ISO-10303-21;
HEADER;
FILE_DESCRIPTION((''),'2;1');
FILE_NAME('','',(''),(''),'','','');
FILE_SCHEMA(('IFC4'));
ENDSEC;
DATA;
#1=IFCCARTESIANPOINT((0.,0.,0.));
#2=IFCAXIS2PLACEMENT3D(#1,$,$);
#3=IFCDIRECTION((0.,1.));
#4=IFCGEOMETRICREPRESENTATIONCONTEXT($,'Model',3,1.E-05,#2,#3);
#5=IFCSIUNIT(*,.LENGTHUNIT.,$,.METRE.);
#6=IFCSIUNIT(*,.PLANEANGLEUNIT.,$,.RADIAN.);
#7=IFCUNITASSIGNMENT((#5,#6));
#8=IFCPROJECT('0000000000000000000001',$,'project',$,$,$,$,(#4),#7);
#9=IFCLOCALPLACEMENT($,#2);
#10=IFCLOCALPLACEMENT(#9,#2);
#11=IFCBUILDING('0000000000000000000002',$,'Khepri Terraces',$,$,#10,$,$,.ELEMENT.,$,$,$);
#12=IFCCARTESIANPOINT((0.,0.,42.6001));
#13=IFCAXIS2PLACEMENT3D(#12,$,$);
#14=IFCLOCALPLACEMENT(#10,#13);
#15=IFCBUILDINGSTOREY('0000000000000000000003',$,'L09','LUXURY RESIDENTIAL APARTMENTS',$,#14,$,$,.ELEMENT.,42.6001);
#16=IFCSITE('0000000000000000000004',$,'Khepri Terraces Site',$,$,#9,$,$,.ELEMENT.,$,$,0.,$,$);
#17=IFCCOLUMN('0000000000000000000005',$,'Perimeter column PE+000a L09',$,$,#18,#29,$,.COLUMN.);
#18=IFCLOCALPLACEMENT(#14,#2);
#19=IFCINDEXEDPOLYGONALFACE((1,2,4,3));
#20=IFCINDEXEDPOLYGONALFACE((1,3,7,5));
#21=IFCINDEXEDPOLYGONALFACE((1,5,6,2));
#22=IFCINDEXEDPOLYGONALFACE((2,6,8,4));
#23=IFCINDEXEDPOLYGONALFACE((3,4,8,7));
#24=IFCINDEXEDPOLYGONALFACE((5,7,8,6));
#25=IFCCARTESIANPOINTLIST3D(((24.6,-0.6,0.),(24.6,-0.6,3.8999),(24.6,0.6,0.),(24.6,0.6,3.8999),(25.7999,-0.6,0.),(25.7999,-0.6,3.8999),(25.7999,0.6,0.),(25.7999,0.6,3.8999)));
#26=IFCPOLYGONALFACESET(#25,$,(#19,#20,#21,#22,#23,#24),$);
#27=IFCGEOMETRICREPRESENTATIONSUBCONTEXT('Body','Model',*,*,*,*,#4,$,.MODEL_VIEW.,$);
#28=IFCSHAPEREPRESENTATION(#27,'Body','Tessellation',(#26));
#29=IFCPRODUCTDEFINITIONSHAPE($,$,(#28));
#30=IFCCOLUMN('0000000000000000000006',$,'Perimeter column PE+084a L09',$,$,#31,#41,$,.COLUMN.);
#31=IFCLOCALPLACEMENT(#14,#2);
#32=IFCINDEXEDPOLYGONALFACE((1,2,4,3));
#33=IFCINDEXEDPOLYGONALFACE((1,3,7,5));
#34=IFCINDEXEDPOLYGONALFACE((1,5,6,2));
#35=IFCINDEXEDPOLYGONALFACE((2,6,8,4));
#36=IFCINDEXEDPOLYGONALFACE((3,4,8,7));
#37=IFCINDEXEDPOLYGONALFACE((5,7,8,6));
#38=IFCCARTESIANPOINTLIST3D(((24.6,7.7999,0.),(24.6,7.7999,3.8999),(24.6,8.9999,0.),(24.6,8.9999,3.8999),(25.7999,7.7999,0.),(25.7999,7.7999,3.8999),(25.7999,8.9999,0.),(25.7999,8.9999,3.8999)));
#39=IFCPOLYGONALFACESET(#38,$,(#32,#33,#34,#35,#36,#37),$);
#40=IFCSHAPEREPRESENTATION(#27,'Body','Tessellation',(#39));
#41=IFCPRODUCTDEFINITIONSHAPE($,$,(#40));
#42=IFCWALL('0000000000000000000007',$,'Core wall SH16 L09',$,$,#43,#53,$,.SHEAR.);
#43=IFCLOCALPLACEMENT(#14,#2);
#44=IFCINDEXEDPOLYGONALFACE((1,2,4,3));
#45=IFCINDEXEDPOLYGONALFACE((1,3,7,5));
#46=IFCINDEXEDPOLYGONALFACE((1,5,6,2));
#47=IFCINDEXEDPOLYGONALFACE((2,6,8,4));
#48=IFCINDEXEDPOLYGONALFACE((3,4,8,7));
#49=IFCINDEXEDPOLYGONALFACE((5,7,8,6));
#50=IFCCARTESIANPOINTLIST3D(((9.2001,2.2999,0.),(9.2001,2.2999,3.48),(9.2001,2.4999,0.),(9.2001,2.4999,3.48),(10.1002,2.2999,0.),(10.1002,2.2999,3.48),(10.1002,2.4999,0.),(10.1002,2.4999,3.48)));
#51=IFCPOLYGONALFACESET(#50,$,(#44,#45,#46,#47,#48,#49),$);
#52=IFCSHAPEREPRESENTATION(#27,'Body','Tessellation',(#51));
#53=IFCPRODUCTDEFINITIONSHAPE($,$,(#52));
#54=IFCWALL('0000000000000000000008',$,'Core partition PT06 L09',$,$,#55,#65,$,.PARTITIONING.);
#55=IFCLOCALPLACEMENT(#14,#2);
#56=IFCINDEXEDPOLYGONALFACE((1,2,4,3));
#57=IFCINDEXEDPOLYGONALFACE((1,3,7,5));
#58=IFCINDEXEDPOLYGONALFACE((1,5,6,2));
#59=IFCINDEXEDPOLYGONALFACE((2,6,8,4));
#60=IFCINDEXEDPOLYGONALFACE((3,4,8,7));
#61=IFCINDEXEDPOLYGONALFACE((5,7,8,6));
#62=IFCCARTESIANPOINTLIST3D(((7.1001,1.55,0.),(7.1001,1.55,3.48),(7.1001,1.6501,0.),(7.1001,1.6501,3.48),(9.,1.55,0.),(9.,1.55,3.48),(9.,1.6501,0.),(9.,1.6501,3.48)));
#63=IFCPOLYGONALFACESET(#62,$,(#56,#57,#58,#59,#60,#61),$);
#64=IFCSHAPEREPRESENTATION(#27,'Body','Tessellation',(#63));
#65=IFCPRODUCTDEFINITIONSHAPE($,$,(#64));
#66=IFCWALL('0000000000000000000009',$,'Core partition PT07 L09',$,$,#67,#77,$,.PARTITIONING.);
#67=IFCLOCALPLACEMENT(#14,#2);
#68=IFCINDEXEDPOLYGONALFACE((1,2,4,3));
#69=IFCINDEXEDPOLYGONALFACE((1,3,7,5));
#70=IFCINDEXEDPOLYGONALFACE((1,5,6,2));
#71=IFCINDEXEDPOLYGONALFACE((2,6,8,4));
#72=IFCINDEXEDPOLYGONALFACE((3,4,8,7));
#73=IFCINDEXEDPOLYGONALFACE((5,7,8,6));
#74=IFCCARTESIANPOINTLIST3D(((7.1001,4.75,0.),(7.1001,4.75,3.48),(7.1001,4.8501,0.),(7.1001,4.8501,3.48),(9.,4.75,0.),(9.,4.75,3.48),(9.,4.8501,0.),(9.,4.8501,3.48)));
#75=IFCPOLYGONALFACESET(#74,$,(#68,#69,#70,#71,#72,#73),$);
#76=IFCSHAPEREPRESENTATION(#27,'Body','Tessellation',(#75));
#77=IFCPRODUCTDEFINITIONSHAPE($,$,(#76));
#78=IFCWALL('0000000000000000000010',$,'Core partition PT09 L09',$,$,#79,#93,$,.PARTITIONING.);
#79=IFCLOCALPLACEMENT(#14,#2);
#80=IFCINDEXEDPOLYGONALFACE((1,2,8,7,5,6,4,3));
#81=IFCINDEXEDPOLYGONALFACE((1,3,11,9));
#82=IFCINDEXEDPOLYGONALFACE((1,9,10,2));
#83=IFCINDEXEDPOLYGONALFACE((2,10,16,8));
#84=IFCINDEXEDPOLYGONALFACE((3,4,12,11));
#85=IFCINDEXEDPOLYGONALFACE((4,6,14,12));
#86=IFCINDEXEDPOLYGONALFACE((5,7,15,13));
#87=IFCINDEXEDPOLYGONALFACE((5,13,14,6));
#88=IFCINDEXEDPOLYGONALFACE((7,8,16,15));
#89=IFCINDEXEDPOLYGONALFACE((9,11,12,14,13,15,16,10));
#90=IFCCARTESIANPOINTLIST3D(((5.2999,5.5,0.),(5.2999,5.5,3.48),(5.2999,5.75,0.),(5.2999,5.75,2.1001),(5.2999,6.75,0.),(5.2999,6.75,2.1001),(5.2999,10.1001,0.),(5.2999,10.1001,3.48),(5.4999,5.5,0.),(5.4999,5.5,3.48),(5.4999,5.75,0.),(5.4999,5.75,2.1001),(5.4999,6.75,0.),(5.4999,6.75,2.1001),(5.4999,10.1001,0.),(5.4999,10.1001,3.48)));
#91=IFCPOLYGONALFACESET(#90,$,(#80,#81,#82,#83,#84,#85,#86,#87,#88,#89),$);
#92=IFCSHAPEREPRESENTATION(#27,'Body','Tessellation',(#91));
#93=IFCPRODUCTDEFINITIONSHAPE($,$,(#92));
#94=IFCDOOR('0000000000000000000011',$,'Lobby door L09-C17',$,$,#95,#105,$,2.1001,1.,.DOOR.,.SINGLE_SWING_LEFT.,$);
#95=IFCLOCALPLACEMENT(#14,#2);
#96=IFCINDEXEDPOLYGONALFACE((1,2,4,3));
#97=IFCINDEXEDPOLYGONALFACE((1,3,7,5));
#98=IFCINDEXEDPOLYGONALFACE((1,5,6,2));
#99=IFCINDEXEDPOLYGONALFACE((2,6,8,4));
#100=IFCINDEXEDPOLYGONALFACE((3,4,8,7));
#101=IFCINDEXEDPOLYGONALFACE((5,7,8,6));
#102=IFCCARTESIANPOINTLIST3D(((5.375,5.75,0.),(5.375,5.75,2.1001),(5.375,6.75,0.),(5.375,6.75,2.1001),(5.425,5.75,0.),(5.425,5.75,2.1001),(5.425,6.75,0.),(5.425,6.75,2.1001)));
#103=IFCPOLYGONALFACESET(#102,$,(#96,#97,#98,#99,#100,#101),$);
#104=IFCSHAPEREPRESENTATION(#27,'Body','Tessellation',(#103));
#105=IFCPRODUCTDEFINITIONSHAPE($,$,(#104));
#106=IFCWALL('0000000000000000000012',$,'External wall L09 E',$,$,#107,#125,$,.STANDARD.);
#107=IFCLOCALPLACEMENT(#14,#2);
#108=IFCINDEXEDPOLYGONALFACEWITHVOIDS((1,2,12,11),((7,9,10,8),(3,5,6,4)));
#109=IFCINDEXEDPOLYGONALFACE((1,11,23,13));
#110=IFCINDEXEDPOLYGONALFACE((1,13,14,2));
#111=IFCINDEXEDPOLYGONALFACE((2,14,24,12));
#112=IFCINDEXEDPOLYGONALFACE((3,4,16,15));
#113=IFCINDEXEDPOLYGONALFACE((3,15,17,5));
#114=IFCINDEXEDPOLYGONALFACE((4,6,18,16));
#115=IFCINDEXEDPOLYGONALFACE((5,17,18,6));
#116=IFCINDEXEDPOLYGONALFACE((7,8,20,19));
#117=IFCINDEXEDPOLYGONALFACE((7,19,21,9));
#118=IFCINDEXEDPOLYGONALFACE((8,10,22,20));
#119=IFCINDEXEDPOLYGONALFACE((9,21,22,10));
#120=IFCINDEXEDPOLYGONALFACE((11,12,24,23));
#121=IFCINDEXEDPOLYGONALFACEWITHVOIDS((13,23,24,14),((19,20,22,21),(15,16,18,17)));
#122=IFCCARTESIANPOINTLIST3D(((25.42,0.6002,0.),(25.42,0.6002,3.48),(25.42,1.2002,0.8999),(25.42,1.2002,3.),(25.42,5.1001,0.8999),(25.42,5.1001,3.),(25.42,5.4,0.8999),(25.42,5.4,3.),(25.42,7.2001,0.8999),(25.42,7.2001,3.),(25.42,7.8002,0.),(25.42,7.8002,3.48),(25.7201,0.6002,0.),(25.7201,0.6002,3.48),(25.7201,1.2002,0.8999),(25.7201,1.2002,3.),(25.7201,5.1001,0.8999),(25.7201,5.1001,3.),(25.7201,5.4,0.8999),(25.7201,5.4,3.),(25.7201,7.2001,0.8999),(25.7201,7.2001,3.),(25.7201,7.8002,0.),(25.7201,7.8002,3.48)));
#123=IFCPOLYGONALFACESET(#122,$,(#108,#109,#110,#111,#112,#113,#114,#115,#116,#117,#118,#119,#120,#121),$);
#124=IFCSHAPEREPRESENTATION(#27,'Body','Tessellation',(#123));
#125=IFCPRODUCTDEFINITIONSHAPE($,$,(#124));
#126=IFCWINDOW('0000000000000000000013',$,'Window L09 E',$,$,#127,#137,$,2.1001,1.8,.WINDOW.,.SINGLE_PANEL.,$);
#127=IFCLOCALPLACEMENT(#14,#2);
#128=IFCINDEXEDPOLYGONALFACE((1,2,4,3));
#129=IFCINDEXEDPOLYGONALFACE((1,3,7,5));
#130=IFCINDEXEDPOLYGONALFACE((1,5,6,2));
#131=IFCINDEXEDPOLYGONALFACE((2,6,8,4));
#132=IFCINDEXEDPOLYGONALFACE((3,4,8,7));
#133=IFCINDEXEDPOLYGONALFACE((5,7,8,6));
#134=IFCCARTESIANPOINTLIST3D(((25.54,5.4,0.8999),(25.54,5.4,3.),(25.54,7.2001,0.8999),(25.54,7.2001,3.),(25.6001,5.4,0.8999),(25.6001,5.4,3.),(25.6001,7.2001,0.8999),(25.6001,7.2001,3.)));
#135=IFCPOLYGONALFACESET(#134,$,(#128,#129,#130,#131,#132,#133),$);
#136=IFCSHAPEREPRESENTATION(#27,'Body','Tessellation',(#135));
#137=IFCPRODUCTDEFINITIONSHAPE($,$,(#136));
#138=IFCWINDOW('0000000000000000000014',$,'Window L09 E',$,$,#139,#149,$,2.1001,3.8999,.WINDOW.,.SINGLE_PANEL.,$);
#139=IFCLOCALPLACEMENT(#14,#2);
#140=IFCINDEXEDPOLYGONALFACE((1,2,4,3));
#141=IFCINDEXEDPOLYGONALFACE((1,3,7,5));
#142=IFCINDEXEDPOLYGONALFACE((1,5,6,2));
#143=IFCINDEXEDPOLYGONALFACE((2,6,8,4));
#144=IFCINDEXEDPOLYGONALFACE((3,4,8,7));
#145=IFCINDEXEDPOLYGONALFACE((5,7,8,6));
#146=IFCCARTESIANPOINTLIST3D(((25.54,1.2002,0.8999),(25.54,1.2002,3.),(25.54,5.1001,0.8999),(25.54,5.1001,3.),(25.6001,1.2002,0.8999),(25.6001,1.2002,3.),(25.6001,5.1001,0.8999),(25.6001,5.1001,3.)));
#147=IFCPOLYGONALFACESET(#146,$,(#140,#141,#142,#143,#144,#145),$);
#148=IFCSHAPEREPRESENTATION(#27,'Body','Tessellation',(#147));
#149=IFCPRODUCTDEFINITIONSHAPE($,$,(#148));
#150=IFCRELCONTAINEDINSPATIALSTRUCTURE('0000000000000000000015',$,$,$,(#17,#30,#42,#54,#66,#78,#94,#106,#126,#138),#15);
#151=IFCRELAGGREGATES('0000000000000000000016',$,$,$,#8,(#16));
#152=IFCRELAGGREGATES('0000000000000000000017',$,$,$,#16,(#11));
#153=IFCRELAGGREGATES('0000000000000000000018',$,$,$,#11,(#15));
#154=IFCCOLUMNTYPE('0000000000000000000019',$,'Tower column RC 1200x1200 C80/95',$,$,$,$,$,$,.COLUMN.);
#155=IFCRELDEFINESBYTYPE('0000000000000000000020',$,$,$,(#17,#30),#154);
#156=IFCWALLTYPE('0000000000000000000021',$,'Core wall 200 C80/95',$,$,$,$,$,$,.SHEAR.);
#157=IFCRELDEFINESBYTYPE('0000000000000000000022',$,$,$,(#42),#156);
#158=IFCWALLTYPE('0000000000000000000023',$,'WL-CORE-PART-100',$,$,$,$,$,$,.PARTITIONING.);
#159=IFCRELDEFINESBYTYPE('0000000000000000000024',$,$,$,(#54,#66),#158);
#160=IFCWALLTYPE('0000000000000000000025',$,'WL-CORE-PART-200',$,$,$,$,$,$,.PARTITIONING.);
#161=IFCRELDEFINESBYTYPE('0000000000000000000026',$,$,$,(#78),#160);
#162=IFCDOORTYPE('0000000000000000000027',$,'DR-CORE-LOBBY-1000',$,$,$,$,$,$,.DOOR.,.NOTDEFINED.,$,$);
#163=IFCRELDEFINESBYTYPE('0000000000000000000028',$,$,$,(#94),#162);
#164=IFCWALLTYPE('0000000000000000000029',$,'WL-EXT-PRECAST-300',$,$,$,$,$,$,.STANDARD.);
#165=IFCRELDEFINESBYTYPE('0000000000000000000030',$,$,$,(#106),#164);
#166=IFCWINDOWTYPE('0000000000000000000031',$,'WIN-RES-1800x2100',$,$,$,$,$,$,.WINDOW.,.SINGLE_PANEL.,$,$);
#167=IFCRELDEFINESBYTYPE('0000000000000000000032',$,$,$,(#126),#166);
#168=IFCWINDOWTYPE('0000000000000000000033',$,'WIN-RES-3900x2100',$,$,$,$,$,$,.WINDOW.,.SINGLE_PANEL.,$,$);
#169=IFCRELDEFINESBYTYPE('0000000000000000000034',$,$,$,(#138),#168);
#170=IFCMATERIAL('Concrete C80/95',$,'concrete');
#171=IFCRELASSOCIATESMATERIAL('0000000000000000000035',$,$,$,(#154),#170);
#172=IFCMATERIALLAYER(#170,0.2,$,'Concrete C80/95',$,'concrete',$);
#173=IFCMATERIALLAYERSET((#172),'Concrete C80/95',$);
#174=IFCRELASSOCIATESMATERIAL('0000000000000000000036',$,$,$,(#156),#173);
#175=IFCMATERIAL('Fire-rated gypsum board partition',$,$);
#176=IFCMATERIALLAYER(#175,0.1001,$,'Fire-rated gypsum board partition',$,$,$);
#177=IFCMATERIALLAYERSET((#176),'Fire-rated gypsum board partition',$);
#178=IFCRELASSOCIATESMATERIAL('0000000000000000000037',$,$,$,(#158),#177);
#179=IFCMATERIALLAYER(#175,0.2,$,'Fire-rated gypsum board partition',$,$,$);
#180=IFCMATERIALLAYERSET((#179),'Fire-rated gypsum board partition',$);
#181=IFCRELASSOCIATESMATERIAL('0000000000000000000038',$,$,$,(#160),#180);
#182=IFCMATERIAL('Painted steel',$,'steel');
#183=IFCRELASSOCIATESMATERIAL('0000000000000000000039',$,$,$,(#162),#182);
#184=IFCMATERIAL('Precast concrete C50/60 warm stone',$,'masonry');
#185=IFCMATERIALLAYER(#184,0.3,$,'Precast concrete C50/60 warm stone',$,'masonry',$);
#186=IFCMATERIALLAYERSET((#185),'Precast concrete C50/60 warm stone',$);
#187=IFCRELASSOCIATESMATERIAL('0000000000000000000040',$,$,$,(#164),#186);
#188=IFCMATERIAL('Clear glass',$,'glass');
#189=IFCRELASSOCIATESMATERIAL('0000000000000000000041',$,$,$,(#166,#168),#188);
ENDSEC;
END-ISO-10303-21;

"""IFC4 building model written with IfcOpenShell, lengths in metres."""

from ifc_helpers import new_model, si_unit, direction, frame, frame_2d, origin, origin_2d, place, context, subcontext, project, spatial, rectangle, extrude, material, layer, layer_set, material_profile, profile_set, type_object, element, fill, save


model = new_model("IFC4")

# Units and contexts
model_context = context("Model", 3, precision=1e-05, world=origin(), true_north=direction((0.0, 1.0)))
body_context = subcontext(model_context, "Body", "Model", "MODEL_VIEW")
ifc_project = project(units=[si_unit("LENGTHUNIT", "METRE"), si_unit("PLANEANGLEUNIT", "RADIAN")], contexts=[model_context])

# Site, building, storey
site_placement = place(None, origin())
site = spatial("IfcSite", under=ifc_project, at=site_placement, Name="Khepri Terraces Site", CompositionType="ELEMENT", RefElevation=0.0)
building_placement = place(site_placement, origin())
building = spatial("IfcBuilding", under=site, at=building_placement, Name="Khepri Terraces", CompositionType="ELEMENT")
storey_placement = place(building_placement, frame((0.0, 0.0, 42.6001)))
storey = spatial("IfcBuildingStorey", under=building, at=storey_placement, Name="L09", Description="LUXURY RESIDENTIAL APARTMENTS", CompositionType="ELEMENT", Elevation=42.6001)

# Columns
ifc_material_1 = material(Name="Concrete C80/95", Category="concrete")
ifc_material_profile = material_profile(ifc_material_1, rectangle(XDim=1.2, YDim=1.2, at=origin_2d()), Name="Concrete C80/95", Category="concrete")
ifc_profile_set = profile_set([ifc_material_profile], Name="Concrete C80/95")
column_type = type_object("IfcColumnType", Name="Tower column RC 1200x1200 C80/95", PredefinedType="COLUMN", material=ifc_profile_set)
for number, where, z_axis, x_axis, name in (
    (1, (25.2, 0.0, 0.0), (0.0, 0.0, 1.0), (1.0, 0.0, 0.0), "Perimeter column PE+000a L09"),
    (2, (25.2, 8.3999, 0.0), (0.0, 0.0, 1.0), (1.0, 0.0, 0.0), "Perimeter column PE+084a L09"),
):
    element("IfcColumn", number, at=place(storey_placement, frame(where, z_axis=z_axis, x_axis=x_axis)), inside=storey, type_object=column_type, Name=name, PredefinedType="COLUMN", context=body_context, shape_type="SweptSolid", body=[
        extrude(rectangle(XDim=1.2, YDim=1.2, at=origin_2d()), origin(), (0.0, 0.0, 1.0), 3.8999),
    ])

# Walls
ifc_layer_1 = layer(ifc_material_1, 0.2, Name="Concrete C80/95", Category="concrete")
ifc_layer_set_1 = layer_set([ifc_layer_1], Name="Concrete C80/95")
wall_type_1 = type_object("IfcWallType", Name="Core wall 200 C80/95", PredefinedType="SHEAR", material=ifc_layer_set_1)
wall_1_placement = place(storey_placement, frame((9.2, 2.3999, 0.0), z_axis=(0.0, 0.0, 1.0), x_axis=(1.0, 0.0, 0.0)))
element("IfcWall", 3, at=wall_1_placement, inside=storey, type_object=wall_type_1, Name="Core wall SH16 L09", PredefinedType="SHEAR", context=body_context, shape_type="SweptSolid", body=[
    extrude(rectangle(XDim=0.9001, YDim=0.2, at=frame_2d((0.4502, 0.0))), origin(), (0.0, 0.0, 1.0), 3.48),
])
ifc_material_2 = material(Name="Fire-rated gypsum board partition")
ifc_layer_2 = layer(ifc_material_2, 0.1001, Name="Fire-rated gypsum board partition")
ifc_layer_set_2 = layer_set([ifc_layer_2], Name="Fire-rated gypsum board partition")
wall_type_2 = type_object("IfcWallType", Name="WL-CORE-PART-100", PredefinedType="PARTITIONING", material=ifc_layer_set_2)
for number, where, z_axis, x_axis, name in (
    (4, (7.1001, 1.6001, 0.0), (0.0, 0.0, 1.0), (1.0, 0.0, 0.0), "Core partition PT06 L09"),
    (5, (7.1001, 4.8, 0.0), (0.0, 0.0, 1.0), (1.0, 0.0, 0.0), "Core partition PT07 L09"),
):
    element("IfcWall", number, at=place(storey_placement, frame(where, z_axis=z_axis, x_axis=x_axis)), inside=storey, type_object=wall_type_2, Name=name, PredefinedType="PARTITIONING", context=body_context, shape_type="SweptSolid", body=[
        extrude(rectangle(XDim=1.8999, YDim=0.1001, at=frame_2d((0.95, 0.0))), origin(), (0.0, 0.0, 1.0), 3.48),
    ])

# Wall, opening, door
ifc_layer_3 = layer(ifc_material_2, 0.2, Name="Fire-rated gypsum board partition")
ifc_layer_set_3 = layer_set([ifc_layer_3], Name="Fire-rated gypsum board partition")
wall_type_3 = type_object("IfcWallType", Name="WL-CORE-PART-200", PredefinedType="PARTITIONING", material=ifc_layer_set_3)
wall_2_placement = place(storey_placement, frame((5.3999, 5.5, 0.0), z_axis=(0.0, 0.0, 1.0), x_axis=(0.0, 1.0, 0.0)))
wall_2 = element("IfcWall", 6, at=wall_2_placement, inside=storey, type_object=wall_type_3, Name="Core partition PT09 L09", PredefinedType="PARTITIONING", context=body_context, shape_type="SweptSolid", body=[
    extrude(rectangle(XDim=4.6001, YDim=0.2, at=frame_2d((2.3, 0.0))), origin(), (0.0, 0.0, 1.0), 3.48),
])
opening_1_placement = place(wall_2_placement, frame((0.25, 0.0, 0.0)))
opening_1 = element("IfcOpeningElement", 7, at=opening_1_placement, cuts=wall_2, PredefinedType="OPENING", context=body_context, shape_type="SweptSolid", body=[
    extrude(rectangle(XDim=1.0, YDim=2.1001, at=frame_2d((0.5, 1.05))), frame((0.0, 0.1099, 0.0), z_axis=(0.0, -1.0, 0.0), x_axis=(1.0, 0.0, 0.0)), (0.0, 0.0, 1.0), 0.22),
])
ifc_material_3 = material(Name="Painted steel", Category="steel")
door_type_1 = type_object("IfcDoorType", Name="DR-CORE-LOBBY-1000", OperationType="NOTDEFINED", PredefinedType="DOOR", material=ifc_material_3)
door_1_placement = place(opening_1_placement, origin())
door_1 = element("IfcDoor", 8, at=door_1_placement, inside=storey, type_object=door_type_1, Name="Lobby door L09-C17", OperationType="SINGLE_SWING_LEFT", OverallHeight=2.1001, OverallWidth=1.0, PredefinedType="DOOR", context=body_context, shape_type="SweptSolid", body=[
    extrude(rectangle(XDim=1.0, YDim=2.1001, at=frame_2d((0.5, 1.05))), frame((0.0, 0.0249, 0.0), z_axis=(0.0, -1.0, 0.0), x_axis=(1.0, 0.0, 0.0)), (0.0, 0.0, 1.0), 0.05),
])
fill(opening_1, door_1)

# Wall, openings, windows
ifc_material_4 = material(Name="Precast concrete C50/60 warm stone", Category="masonry")
ifc_layer_4 = layer(ifc_material_4, 0.3, Name="Precast concrete C50/60 warm stone", Category="masonry")
ifc_layer_set_4 = layer_set([ifc_layer_4], Name="Precast concrete C50/60 warm stone")
wall_type_4 = type_object("IfcWallType", Name="WL-EXT-PRECAST-300", PredefinedType="STANDARD", material=ifc_layer_set_4)
wall_3_placement = place(storey_placement, frame((25.5701, 0.6001, 0.0), z_axis=(0.0, 0.0, 1.0), x_axis=(0.0, 1.0, 0.0)))
wall_3 = element("IfcWall", 9, at=wall_3_placement, inside=storey, type_object=wall_type_4, Name="External wall L09 E", PredefinedType="STANDARD", context=body_context, shape_type="SweptSolid", body=[
    extrude(rectangle(XDim=7.2, YDim=0.3, at=frame_2d((3.6001, 0.0))), origin(), (0.0, 0.0, 1.0), 3.48),
])
opening_2_placement = place(wall_3_placement, frame((0.6001, 0.0, 0.8999)))
opening_2 = element("IfcOpeningElement", 10, at=opening_2_placement, cuts=wall_3, PredefinedType="OPENING", context=body_context, shape_type="SweptSolid", body=[
    extrude(rectangle(XDim=3.8999, YDim=2.1001, at=frame_2d((1.95, 1.05))), frame((0.0, 0.1602, 0.0), z_axis=(0.0, -1.0, 0.0), x_axis=(1.0, 0.0, 0.0)), (0.0, 0.0, 1.0), 0.3201),
])
opening_3_placement = place(wall_3_placement, frame((4.8, 0.0, 0.8999)))
opening_3 = element("IfcOpeningElement", 11, at=opening_3_placement, cuts=wall_3, PredefinedType="OPENING", context=body_context, shape_type="SweptSolid", body=[
    extrude(rectangle(XDim=1.8, YDim=2.1001, at=frame_2d((0.8999, 1.05))), frame((0.0, 0.1602, 0.0), z_axis=(0.0, -1.0, 0.0), x_axis=(1.0, 0.0, 0.0)), (0.0, 0.0, 1.0), 0.3201),
])
ifc_material_5 = material(Name="Clear glass", Category="glass")
window_type_1 = type_object("IfcWindowType", Name="WIN-RES-1800x2100", PartitioningType="SINGLE_PANEL", PredefinedType="WINDOW", material=ifc_material_5)
window_1_placement = place(opening_3_placement, origin())
window_1 = element("IfcWindow", 12, at=window_1_placement, inside=storey, type_object=window_type_1, Name="Window L09 E", OverallHeight=2.1001, OverallWidth=1.8, PartitioningType="SINGLE_PANEL", PredefinedType="WINDOW", context=body_context, shape_type="SweptSolid", body=[
    extrude(rectangle(XDim=1.8, YDim=2.1001, at=frame_2d((0.8999, 1.05))), frame((0.0, 0.03, 0.0), z_axis=(0.0, -1.0, 0.0), x_axis=(1.0, 0.0, 0.0)), (0.0, 0.0, 1.0), 0.0601),
])
fill(opening_3, window_1)
window_type_2 = type_object("IfcWindowType", Name="WIN-RES-3900x2100", PartitioningType="SINGLE_PANEL", PredefinedType="WINDOW", material=ifc_material_5)
window_2_placement = place(opening_2_placement, origin())
window_2 = element("IfcWindow", 13, at=window_2_placement, inside=storey, type_object=window_type_2, Name="Window L09 E", OverallHeight=2.1001, OverallWidth=3.8999, PartitioningType="SINGLE_PANEL", PredefinedType="WINDOW", context=body_context, shape_type="SweptSolid", body=[
    extrude(rectangle(XDim=3.8999, YDim=2.1001, at=frame_2d((1.95, 1.05))), frame((0.0, 0.03, 0.0), z_axis=(0.0, -1.0, 0.0), x_axis=(1.0, 0.0, 0.0)), (0.0, 0.0, 1.0), 0.0601),
])
fill(opening_2, window_2)

save(model, "model.ifc")
